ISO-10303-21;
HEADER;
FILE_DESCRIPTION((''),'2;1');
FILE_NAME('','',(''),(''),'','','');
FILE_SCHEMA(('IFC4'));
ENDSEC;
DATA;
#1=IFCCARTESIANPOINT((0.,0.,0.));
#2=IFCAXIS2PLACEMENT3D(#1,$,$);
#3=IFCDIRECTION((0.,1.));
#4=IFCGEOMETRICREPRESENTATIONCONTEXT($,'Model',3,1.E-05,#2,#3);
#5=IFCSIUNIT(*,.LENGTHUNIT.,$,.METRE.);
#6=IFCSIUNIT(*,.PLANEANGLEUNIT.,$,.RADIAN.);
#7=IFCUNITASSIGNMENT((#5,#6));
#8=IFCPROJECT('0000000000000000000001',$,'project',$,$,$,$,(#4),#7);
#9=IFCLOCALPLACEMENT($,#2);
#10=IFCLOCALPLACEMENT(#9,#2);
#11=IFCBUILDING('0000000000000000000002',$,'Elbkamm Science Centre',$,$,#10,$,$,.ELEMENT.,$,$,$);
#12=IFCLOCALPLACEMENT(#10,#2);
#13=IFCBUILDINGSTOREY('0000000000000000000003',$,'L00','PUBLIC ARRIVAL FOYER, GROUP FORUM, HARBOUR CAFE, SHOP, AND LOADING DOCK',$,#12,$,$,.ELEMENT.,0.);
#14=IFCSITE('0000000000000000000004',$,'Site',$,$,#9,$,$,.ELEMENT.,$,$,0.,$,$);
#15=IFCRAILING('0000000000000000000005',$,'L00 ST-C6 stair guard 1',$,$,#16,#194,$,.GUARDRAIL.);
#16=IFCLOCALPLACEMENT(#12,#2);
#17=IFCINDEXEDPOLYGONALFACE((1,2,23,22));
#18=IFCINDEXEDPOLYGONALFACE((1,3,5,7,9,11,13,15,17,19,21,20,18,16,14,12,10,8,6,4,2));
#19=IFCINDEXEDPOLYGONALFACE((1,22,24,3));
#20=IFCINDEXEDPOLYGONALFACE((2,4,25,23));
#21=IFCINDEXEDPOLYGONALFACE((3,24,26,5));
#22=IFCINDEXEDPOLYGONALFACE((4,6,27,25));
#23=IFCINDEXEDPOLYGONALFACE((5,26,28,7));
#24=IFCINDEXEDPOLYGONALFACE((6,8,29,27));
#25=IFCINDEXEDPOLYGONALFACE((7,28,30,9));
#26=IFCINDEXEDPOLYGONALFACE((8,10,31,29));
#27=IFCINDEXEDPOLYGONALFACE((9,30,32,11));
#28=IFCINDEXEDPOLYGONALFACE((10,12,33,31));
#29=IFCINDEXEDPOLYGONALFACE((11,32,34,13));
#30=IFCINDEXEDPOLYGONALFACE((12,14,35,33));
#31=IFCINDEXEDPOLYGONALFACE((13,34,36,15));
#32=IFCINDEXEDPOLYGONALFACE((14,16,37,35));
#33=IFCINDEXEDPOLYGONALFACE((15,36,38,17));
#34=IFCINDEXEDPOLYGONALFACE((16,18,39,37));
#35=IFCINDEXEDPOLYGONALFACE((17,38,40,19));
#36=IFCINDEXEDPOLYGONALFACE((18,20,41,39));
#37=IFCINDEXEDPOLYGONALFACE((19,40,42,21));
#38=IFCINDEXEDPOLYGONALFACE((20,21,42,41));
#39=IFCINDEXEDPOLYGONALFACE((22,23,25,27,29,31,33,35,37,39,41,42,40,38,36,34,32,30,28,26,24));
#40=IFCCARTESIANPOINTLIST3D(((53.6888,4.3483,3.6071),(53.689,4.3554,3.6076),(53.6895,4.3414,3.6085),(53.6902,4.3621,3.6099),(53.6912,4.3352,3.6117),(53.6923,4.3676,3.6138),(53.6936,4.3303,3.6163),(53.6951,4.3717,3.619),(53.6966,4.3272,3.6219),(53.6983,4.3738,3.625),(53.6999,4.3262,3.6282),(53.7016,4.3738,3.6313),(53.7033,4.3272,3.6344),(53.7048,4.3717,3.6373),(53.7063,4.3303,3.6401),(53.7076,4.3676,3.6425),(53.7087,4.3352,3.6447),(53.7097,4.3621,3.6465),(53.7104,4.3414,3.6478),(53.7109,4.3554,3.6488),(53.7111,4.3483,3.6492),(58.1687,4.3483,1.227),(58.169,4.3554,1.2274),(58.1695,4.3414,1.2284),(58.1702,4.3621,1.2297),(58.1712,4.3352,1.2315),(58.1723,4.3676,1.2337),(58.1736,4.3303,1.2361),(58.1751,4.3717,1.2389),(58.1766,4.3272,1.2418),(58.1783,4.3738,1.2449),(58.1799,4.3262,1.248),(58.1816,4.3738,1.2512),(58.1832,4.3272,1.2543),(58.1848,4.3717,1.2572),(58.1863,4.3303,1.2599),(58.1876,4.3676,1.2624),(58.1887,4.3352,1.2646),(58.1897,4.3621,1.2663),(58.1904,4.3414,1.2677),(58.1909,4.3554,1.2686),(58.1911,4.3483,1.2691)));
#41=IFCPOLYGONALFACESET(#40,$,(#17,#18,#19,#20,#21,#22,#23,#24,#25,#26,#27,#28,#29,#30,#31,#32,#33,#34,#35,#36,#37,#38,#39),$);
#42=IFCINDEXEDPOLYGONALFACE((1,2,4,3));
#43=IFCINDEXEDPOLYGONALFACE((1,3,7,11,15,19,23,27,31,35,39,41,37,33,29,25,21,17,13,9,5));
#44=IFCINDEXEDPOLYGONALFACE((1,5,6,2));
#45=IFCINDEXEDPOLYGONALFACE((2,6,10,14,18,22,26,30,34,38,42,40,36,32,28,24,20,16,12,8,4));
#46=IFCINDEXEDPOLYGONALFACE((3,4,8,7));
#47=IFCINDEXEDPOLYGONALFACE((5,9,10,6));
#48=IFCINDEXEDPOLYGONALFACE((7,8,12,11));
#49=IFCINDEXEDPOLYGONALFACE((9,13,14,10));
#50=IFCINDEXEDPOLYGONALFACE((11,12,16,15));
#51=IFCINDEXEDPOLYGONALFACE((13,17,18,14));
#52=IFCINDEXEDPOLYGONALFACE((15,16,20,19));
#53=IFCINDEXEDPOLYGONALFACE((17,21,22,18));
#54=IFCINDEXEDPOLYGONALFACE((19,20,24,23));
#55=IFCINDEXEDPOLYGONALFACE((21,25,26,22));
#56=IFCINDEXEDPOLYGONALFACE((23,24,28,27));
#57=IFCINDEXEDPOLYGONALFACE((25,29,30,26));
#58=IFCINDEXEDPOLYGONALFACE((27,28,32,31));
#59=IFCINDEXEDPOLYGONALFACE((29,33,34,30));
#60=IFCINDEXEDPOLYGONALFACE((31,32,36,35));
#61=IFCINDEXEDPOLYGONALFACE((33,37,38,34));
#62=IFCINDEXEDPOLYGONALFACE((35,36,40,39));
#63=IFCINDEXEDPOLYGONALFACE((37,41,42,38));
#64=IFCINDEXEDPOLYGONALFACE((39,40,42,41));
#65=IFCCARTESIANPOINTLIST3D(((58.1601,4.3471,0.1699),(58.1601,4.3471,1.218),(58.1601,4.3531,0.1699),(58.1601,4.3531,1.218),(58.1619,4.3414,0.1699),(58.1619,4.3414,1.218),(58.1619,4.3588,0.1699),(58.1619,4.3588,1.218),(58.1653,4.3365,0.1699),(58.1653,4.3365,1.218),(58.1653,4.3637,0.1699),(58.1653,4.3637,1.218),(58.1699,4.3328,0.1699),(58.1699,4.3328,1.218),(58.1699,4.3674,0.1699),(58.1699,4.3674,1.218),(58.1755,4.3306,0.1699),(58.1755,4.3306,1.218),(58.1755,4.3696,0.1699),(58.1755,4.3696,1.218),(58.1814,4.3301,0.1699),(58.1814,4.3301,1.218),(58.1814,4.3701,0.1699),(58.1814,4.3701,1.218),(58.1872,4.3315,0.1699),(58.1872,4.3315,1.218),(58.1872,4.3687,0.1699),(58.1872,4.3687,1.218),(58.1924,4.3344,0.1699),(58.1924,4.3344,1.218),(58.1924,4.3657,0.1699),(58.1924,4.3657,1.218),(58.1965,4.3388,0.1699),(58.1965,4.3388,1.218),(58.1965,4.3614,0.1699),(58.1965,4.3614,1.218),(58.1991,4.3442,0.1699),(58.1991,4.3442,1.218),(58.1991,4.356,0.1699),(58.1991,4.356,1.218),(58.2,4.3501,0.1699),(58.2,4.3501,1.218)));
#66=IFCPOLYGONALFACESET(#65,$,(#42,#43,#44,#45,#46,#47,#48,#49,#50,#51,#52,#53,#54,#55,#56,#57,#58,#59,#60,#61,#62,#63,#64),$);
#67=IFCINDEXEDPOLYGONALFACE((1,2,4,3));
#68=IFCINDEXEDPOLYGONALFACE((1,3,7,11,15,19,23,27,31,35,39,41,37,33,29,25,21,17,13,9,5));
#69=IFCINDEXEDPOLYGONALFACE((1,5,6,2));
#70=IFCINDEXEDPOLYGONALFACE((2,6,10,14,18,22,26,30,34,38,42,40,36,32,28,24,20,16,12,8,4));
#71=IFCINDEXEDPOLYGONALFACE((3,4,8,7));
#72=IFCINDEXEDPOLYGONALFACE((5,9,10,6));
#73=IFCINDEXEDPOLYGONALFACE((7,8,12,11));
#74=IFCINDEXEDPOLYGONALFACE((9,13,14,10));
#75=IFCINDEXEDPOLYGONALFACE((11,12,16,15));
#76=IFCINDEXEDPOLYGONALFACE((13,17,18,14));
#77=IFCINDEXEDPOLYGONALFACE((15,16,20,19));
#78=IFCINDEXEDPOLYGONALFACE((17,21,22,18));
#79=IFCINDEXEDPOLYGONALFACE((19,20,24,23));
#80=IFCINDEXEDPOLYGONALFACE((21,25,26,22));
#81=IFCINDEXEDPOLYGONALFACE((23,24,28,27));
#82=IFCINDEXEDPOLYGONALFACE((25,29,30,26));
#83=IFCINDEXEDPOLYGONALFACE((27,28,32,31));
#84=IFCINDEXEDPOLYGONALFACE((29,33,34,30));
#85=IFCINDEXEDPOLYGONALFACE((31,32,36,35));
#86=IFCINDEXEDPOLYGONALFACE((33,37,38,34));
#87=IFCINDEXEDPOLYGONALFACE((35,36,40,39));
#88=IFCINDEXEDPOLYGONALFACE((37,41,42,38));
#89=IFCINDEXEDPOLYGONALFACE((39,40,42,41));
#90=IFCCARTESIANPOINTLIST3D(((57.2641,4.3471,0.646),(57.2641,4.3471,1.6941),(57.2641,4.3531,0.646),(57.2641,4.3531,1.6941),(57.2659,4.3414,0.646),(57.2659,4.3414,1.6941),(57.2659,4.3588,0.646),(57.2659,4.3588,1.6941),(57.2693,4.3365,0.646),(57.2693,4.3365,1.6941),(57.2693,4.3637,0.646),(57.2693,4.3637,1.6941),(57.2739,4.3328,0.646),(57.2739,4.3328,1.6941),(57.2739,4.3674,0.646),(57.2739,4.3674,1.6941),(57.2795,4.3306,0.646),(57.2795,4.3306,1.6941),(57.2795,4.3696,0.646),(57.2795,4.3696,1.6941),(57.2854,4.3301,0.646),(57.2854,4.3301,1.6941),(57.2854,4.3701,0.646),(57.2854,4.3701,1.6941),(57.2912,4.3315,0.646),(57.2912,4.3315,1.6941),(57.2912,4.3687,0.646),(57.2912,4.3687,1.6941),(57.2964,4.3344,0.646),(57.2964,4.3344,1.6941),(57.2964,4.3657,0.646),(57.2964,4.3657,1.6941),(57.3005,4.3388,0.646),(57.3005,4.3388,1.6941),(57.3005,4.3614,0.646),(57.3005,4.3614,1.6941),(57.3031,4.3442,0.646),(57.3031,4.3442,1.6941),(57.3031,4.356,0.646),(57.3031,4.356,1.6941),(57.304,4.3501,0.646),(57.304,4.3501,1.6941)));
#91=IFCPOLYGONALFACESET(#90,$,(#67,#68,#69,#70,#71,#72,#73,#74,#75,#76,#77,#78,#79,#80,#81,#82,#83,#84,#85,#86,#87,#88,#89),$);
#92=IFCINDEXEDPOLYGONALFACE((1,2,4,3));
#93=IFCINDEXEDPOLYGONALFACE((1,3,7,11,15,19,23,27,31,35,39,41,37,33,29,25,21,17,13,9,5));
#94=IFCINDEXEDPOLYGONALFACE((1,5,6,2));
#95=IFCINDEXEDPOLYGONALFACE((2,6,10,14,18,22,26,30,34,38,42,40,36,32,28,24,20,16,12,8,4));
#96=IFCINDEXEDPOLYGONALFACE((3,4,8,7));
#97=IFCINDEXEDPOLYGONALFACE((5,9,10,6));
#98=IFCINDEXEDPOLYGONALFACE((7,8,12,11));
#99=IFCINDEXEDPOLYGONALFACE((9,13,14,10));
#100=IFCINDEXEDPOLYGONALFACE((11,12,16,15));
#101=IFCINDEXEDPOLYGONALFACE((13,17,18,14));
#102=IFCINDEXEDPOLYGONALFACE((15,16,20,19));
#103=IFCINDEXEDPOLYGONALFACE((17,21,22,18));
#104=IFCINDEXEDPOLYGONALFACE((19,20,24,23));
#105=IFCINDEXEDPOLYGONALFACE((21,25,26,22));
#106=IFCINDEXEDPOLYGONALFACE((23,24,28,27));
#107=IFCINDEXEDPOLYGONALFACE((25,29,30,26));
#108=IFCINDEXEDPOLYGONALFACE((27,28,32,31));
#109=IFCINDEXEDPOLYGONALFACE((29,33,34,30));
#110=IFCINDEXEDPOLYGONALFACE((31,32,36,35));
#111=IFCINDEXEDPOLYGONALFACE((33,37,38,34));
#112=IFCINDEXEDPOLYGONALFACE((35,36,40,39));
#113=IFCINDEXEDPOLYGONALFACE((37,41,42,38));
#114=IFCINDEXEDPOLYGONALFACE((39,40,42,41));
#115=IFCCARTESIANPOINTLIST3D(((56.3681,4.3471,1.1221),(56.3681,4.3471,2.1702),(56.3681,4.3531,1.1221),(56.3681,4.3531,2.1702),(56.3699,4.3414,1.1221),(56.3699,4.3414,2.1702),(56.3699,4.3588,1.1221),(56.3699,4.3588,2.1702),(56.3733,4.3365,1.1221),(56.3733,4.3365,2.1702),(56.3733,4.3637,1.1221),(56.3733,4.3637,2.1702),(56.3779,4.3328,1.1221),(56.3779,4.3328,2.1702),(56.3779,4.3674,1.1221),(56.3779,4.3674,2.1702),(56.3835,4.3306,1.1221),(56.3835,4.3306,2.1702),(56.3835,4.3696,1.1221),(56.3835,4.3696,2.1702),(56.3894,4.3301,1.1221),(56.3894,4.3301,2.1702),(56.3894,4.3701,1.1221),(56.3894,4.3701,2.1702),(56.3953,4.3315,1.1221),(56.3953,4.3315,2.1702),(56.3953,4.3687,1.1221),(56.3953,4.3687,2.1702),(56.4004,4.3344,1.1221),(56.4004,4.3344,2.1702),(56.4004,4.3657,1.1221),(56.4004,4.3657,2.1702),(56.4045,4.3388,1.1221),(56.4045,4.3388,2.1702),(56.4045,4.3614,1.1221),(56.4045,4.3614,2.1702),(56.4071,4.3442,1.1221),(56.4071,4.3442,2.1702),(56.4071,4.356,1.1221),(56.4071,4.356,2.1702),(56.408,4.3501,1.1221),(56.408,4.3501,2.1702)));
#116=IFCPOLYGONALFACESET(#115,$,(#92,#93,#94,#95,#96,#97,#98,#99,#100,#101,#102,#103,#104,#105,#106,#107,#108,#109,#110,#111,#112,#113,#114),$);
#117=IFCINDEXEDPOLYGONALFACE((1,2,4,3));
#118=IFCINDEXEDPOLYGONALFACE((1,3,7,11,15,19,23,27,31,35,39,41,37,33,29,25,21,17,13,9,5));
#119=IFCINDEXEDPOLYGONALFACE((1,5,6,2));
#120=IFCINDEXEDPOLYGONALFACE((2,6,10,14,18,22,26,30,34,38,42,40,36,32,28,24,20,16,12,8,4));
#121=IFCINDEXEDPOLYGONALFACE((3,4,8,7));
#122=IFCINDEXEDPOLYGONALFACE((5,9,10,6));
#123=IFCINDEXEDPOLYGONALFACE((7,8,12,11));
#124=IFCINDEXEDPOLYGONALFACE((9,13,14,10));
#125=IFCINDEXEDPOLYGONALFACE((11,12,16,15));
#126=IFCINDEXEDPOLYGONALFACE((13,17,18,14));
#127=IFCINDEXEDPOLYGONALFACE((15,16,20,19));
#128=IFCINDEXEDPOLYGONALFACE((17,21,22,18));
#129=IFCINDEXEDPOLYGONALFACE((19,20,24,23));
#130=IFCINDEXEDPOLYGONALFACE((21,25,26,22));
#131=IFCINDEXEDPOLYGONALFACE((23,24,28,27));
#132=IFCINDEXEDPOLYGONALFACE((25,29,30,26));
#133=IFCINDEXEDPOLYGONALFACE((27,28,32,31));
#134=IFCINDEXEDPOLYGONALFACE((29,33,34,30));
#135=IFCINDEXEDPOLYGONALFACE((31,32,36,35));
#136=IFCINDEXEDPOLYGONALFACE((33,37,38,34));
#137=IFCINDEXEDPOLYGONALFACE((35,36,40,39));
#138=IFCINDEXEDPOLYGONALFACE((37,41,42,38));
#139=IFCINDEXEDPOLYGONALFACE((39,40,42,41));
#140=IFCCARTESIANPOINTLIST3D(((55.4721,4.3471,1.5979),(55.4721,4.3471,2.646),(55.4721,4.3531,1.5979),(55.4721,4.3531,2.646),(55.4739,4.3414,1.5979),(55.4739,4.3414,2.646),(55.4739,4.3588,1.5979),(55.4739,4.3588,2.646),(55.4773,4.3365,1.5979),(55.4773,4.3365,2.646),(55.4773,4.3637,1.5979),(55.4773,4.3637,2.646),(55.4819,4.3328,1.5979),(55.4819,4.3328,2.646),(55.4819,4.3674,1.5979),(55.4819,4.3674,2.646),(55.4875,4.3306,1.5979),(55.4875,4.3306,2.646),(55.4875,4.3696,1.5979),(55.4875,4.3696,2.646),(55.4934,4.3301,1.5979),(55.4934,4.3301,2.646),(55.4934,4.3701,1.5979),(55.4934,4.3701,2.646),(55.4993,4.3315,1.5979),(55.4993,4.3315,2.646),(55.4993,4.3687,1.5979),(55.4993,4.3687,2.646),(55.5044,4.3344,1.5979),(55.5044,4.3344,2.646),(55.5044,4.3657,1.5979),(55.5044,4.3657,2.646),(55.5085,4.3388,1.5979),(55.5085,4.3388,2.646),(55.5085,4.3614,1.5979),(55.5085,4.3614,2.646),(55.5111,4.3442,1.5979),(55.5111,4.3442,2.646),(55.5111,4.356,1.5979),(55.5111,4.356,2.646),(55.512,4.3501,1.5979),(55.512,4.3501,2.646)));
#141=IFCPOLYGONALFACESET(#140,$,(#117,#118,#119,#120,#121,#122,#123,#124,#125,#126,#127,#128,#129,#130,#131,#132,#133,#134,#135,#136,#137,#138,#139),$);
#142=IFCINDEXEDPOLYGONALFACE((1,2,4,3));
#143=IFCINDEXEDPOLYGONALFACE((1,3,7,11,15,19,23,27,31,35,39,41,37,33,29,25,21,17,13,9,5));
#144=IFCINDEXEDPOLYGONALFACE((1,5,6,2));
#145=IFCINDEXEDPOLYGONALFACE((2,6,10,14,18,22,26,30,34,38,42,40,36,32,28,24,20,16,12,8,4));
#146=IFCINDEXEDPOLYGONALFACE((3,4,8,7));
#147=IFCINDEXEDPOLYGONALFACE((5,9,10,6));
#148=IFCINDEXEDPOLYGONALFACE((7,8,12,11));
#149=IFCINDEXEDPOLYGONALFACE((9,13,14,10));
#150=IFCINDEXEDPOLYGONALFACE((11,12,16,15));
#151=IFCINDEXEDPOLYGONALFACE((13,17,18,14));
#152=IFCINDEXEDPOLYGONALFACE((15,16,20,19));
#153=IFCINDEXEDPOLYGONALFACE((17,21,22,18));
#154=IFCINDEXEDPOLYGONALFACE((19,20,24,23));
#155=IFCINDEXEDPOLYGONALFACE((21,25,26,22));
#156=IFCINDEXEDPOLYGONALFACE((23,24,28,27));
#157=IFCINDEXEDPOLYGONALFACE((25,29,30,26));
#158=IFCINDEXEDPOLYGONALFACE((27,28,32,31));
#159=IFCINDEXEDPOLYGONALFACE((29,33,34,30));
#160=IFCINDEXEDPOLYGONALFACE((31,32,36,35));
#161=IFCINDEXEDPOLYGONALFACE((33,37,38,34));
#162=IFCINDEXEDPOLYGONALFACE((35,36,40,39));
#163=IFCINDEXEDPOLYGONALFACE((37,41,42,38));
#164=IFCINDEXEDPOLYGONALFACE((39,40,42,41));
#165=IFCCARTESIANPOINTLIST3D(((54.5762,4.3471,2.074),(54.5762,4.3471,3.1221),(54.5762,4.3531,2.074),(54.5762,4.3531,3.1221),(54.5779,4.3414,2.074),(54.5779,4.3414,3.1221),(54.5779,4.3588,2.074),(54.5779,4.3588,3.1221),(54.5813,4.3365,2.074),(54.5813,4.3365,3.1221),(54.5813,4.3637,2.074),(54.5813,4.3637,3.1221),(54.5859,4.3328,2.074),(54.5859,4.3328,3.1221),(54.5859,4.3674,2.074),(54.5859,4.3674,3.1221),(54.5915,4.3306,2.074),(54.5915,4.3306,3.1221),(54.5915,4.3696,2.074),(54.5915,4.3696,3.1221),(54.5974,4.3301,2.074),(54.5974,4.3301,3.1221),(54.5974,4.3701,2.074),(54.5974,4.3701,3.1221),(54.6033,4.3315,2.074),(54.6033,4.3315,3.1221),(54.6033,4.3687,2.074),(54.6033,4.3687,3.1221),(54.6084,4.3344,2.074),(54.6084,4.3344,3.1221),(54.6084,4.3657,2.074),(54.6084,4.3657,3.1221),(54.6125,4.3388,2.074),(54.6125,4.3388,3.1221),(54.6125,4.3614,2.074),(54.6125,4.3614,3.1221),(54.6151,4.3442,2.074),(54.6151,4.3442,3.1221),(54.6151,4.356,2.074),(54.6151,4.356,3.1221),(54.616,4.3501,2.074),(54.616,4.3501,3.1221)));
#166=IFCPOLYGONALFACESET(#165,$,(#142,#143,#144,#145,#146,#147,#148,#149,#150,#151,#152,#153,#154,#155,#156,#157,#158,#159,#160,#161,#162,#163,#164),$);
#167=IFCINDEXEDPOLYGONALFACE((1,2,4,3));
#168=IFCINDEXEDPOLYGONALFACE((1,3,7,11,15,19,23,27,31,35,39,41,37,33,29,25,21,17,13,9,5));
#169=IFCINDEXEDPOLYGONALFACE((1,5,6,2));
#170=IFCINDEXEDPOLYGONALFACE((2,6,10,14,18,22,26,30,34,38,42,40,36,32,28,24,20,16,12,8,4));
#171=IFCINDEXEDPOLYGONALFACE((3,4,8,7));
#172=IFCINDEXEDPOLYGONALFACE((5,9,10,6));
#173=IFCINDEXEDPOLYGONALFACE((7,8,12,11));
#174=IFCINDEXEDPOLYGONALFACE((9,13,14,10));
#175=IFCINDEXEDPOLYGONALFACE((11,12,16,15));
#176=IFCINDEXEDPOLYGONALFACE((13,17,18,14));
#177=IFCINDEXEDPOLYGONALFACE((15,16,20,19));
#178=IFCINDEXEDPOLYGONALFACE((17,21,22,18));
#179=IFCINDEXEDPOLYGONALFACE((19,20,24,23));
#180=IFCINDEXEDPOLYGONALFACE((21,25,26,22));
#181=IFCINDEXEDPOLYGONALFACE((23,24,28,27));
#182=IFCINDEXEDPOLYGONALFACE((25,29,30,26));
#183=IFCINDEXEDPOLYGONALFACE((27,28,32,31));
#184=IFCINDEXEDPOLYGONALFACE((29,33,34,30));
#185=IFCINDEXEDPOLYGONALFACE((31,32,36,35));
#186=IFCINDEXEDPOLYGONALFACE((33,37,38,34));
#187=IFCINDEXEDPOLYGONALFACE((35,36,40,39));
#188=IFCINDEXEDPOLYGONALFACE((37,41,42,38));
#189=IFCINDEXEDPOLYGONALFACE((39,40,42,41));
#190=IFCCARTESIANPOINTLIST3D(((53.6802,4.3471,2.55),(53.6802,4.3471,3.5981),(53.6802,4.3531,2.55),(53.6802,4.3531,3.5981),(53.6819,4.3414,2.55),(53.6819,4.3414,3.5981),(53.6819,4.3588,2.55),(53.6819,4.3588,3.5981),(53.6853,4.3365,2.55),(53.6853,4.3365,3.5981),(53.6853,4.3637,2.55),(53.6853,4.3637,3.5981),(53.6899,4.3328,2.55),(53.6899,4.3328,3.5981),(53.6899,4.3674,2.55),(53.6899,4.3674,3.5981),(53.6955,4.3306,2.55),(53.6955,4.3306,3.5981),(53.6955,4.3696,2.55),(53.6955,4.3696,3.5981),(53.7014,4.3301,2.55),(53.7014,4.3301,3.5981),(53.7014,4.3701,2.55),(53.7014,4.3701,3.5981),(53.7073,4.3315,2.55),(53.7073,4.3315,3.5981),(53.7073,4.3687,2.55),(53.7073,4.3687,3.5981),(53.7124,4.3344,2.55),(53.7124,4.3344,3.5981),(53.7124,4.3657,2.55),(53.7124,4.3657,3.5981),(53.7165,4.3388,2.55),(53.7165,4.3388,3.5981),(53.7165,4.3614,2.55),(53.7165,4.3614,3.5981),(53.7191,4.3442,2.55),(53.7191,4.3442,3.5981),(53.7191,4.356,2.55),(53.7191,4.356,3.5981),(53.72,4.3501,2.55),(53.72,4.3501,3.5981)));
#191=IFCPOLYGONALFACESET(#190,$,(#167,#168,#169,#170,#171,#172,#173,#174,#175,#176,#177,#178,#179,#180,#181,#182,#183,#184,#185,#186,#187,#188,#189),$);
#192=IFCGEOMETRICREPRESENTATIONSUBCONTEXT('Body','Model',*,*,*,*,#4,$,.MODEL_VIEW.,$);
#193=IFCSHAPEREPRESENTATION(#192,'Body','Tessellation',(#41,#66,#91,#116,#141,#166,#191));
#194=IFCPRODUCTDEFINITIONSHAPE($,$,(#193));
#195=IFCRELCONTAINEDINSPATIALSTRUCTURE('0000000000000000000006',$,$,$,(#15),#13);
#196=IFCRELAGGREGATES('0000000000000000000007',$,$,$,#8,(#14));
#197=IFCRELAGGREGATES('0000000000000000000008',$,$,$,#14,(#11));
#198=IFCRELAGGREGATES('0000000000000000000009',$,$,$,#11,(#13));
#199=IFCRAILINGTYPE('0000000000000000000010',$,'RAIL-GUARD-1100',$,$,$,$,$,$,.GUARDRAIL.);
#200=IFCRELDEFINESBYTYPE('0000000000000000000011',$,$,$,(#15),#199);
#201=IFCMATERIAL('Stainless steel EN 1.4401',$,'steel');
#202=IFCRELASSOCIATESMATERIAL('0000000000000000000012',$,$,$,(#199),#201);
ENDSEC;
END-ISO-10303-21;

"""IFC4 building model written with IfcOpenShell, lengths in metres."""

from ifc_helpers import new_model, si_unit, direction, frame, origin, origin_2d, place, context, subcontext, project, spatial, circle, extrude, material, type_object, element, save


model = new_model("IFC4")

# Units and contexts
model_context = context("Model", 3, precision=1e-05, world=origin(), true_north=direction((0.0, 1.0)))
body_context = subcontext(model_context, "Body", "Model", "MODEL_VIEW")
ifc_project = project(units=[si_unit("LENGTHUNIT", "METRE"), si_unit("PLANEANGLEUNIT", "RADIAN")], contexts=[model_context])

# Site, building, storey
site_placement = place(None, origin())
site = spatial("IfcSite", under=ifc_project, at=site_placement, Name="Site", CompositionType="ELEMENT", RefElevation=0.0)
building_placement = place(site_placement, origin())
building = spatial("IfcBuilding", under=site, at=building_placement, Name="Elbkamm Science Centre", CompositionType="ELEMENT")
storey_placement = place(building_placement, origin())
storey = spatial("IfcBuildingStorey", under=building, at=storey_placement, Name="L00", Description="PUBLIC ARRIVAL FOYER, GROUP FORUM, HARBOUR CAFE, SHOP, AND LOADING DOCK", CompositionType="ELEMENT", Elevation=0.0)

# Railing
ifc_material_1 = material(Name="Stainless steel EN 1.4401", Category="steel")
railing_type_1 = type_object("IfcRailingType", Name="RAIL-GUARD-1100", PredefinedType="GUARDRAIL", material=ifc_material_1)
railing_1_placement = place(storey_placement, frame((58.1799, 4.3501, 0.1699)))
element("IfcRailing", 1, at=railing_1_placement, inside=storey, type_object=railing_type_1, Name="L00 ST-C6 stair guard 1", PredefinedType="GUARDRAIL", context=body_context, shape_type="SweptSolid", body=[
    extrude(circle(Radius=0.0239, at=origin_2d()), frame((0.0, 0.0, 1.0781), z_axis=(-0.883105, 0.0, 0.469176), x_axis=(0.0, -1.0, 0.0)), (0.0, 0.0, 1.0), 5.073),
    extrude(circle(Radius=0.02, at=origin_2d()), origin(), (0.0, 0.0, 1.0), 1.0481),
    extrude(circle(Radius=0.02, at=origin_2d()), frame((-0.896, 0.0, 0.4761)), (0.0, 0.0, 1.0), 1.0481),
    extrude(circle(Radius=0.02, at=origin_2d()), frame((-1.792, 0.0, 0.9521)), (0.0, 0.0, 1.0), 1.0481),
    extrude(circle(Radius=0.02, at=origin_2d()), frame((-2.688, 0.0, 1.428)), (0.0, 0.0, 1.0), 1.0481),
    extrude(circle(Radius=0.02, at=origin_2d()), frame((-3.584, 0.0, 1.9041)), (0.0, 0.0, 1.0), 1.0481),
    extrude(circle(Radius=0.02, at=origin_2d()), frame((-4.48, 0.0, 2.3801)), (0.0, 0.0, 1.0), 1.0481),
])

save(model, "model.ifc")
